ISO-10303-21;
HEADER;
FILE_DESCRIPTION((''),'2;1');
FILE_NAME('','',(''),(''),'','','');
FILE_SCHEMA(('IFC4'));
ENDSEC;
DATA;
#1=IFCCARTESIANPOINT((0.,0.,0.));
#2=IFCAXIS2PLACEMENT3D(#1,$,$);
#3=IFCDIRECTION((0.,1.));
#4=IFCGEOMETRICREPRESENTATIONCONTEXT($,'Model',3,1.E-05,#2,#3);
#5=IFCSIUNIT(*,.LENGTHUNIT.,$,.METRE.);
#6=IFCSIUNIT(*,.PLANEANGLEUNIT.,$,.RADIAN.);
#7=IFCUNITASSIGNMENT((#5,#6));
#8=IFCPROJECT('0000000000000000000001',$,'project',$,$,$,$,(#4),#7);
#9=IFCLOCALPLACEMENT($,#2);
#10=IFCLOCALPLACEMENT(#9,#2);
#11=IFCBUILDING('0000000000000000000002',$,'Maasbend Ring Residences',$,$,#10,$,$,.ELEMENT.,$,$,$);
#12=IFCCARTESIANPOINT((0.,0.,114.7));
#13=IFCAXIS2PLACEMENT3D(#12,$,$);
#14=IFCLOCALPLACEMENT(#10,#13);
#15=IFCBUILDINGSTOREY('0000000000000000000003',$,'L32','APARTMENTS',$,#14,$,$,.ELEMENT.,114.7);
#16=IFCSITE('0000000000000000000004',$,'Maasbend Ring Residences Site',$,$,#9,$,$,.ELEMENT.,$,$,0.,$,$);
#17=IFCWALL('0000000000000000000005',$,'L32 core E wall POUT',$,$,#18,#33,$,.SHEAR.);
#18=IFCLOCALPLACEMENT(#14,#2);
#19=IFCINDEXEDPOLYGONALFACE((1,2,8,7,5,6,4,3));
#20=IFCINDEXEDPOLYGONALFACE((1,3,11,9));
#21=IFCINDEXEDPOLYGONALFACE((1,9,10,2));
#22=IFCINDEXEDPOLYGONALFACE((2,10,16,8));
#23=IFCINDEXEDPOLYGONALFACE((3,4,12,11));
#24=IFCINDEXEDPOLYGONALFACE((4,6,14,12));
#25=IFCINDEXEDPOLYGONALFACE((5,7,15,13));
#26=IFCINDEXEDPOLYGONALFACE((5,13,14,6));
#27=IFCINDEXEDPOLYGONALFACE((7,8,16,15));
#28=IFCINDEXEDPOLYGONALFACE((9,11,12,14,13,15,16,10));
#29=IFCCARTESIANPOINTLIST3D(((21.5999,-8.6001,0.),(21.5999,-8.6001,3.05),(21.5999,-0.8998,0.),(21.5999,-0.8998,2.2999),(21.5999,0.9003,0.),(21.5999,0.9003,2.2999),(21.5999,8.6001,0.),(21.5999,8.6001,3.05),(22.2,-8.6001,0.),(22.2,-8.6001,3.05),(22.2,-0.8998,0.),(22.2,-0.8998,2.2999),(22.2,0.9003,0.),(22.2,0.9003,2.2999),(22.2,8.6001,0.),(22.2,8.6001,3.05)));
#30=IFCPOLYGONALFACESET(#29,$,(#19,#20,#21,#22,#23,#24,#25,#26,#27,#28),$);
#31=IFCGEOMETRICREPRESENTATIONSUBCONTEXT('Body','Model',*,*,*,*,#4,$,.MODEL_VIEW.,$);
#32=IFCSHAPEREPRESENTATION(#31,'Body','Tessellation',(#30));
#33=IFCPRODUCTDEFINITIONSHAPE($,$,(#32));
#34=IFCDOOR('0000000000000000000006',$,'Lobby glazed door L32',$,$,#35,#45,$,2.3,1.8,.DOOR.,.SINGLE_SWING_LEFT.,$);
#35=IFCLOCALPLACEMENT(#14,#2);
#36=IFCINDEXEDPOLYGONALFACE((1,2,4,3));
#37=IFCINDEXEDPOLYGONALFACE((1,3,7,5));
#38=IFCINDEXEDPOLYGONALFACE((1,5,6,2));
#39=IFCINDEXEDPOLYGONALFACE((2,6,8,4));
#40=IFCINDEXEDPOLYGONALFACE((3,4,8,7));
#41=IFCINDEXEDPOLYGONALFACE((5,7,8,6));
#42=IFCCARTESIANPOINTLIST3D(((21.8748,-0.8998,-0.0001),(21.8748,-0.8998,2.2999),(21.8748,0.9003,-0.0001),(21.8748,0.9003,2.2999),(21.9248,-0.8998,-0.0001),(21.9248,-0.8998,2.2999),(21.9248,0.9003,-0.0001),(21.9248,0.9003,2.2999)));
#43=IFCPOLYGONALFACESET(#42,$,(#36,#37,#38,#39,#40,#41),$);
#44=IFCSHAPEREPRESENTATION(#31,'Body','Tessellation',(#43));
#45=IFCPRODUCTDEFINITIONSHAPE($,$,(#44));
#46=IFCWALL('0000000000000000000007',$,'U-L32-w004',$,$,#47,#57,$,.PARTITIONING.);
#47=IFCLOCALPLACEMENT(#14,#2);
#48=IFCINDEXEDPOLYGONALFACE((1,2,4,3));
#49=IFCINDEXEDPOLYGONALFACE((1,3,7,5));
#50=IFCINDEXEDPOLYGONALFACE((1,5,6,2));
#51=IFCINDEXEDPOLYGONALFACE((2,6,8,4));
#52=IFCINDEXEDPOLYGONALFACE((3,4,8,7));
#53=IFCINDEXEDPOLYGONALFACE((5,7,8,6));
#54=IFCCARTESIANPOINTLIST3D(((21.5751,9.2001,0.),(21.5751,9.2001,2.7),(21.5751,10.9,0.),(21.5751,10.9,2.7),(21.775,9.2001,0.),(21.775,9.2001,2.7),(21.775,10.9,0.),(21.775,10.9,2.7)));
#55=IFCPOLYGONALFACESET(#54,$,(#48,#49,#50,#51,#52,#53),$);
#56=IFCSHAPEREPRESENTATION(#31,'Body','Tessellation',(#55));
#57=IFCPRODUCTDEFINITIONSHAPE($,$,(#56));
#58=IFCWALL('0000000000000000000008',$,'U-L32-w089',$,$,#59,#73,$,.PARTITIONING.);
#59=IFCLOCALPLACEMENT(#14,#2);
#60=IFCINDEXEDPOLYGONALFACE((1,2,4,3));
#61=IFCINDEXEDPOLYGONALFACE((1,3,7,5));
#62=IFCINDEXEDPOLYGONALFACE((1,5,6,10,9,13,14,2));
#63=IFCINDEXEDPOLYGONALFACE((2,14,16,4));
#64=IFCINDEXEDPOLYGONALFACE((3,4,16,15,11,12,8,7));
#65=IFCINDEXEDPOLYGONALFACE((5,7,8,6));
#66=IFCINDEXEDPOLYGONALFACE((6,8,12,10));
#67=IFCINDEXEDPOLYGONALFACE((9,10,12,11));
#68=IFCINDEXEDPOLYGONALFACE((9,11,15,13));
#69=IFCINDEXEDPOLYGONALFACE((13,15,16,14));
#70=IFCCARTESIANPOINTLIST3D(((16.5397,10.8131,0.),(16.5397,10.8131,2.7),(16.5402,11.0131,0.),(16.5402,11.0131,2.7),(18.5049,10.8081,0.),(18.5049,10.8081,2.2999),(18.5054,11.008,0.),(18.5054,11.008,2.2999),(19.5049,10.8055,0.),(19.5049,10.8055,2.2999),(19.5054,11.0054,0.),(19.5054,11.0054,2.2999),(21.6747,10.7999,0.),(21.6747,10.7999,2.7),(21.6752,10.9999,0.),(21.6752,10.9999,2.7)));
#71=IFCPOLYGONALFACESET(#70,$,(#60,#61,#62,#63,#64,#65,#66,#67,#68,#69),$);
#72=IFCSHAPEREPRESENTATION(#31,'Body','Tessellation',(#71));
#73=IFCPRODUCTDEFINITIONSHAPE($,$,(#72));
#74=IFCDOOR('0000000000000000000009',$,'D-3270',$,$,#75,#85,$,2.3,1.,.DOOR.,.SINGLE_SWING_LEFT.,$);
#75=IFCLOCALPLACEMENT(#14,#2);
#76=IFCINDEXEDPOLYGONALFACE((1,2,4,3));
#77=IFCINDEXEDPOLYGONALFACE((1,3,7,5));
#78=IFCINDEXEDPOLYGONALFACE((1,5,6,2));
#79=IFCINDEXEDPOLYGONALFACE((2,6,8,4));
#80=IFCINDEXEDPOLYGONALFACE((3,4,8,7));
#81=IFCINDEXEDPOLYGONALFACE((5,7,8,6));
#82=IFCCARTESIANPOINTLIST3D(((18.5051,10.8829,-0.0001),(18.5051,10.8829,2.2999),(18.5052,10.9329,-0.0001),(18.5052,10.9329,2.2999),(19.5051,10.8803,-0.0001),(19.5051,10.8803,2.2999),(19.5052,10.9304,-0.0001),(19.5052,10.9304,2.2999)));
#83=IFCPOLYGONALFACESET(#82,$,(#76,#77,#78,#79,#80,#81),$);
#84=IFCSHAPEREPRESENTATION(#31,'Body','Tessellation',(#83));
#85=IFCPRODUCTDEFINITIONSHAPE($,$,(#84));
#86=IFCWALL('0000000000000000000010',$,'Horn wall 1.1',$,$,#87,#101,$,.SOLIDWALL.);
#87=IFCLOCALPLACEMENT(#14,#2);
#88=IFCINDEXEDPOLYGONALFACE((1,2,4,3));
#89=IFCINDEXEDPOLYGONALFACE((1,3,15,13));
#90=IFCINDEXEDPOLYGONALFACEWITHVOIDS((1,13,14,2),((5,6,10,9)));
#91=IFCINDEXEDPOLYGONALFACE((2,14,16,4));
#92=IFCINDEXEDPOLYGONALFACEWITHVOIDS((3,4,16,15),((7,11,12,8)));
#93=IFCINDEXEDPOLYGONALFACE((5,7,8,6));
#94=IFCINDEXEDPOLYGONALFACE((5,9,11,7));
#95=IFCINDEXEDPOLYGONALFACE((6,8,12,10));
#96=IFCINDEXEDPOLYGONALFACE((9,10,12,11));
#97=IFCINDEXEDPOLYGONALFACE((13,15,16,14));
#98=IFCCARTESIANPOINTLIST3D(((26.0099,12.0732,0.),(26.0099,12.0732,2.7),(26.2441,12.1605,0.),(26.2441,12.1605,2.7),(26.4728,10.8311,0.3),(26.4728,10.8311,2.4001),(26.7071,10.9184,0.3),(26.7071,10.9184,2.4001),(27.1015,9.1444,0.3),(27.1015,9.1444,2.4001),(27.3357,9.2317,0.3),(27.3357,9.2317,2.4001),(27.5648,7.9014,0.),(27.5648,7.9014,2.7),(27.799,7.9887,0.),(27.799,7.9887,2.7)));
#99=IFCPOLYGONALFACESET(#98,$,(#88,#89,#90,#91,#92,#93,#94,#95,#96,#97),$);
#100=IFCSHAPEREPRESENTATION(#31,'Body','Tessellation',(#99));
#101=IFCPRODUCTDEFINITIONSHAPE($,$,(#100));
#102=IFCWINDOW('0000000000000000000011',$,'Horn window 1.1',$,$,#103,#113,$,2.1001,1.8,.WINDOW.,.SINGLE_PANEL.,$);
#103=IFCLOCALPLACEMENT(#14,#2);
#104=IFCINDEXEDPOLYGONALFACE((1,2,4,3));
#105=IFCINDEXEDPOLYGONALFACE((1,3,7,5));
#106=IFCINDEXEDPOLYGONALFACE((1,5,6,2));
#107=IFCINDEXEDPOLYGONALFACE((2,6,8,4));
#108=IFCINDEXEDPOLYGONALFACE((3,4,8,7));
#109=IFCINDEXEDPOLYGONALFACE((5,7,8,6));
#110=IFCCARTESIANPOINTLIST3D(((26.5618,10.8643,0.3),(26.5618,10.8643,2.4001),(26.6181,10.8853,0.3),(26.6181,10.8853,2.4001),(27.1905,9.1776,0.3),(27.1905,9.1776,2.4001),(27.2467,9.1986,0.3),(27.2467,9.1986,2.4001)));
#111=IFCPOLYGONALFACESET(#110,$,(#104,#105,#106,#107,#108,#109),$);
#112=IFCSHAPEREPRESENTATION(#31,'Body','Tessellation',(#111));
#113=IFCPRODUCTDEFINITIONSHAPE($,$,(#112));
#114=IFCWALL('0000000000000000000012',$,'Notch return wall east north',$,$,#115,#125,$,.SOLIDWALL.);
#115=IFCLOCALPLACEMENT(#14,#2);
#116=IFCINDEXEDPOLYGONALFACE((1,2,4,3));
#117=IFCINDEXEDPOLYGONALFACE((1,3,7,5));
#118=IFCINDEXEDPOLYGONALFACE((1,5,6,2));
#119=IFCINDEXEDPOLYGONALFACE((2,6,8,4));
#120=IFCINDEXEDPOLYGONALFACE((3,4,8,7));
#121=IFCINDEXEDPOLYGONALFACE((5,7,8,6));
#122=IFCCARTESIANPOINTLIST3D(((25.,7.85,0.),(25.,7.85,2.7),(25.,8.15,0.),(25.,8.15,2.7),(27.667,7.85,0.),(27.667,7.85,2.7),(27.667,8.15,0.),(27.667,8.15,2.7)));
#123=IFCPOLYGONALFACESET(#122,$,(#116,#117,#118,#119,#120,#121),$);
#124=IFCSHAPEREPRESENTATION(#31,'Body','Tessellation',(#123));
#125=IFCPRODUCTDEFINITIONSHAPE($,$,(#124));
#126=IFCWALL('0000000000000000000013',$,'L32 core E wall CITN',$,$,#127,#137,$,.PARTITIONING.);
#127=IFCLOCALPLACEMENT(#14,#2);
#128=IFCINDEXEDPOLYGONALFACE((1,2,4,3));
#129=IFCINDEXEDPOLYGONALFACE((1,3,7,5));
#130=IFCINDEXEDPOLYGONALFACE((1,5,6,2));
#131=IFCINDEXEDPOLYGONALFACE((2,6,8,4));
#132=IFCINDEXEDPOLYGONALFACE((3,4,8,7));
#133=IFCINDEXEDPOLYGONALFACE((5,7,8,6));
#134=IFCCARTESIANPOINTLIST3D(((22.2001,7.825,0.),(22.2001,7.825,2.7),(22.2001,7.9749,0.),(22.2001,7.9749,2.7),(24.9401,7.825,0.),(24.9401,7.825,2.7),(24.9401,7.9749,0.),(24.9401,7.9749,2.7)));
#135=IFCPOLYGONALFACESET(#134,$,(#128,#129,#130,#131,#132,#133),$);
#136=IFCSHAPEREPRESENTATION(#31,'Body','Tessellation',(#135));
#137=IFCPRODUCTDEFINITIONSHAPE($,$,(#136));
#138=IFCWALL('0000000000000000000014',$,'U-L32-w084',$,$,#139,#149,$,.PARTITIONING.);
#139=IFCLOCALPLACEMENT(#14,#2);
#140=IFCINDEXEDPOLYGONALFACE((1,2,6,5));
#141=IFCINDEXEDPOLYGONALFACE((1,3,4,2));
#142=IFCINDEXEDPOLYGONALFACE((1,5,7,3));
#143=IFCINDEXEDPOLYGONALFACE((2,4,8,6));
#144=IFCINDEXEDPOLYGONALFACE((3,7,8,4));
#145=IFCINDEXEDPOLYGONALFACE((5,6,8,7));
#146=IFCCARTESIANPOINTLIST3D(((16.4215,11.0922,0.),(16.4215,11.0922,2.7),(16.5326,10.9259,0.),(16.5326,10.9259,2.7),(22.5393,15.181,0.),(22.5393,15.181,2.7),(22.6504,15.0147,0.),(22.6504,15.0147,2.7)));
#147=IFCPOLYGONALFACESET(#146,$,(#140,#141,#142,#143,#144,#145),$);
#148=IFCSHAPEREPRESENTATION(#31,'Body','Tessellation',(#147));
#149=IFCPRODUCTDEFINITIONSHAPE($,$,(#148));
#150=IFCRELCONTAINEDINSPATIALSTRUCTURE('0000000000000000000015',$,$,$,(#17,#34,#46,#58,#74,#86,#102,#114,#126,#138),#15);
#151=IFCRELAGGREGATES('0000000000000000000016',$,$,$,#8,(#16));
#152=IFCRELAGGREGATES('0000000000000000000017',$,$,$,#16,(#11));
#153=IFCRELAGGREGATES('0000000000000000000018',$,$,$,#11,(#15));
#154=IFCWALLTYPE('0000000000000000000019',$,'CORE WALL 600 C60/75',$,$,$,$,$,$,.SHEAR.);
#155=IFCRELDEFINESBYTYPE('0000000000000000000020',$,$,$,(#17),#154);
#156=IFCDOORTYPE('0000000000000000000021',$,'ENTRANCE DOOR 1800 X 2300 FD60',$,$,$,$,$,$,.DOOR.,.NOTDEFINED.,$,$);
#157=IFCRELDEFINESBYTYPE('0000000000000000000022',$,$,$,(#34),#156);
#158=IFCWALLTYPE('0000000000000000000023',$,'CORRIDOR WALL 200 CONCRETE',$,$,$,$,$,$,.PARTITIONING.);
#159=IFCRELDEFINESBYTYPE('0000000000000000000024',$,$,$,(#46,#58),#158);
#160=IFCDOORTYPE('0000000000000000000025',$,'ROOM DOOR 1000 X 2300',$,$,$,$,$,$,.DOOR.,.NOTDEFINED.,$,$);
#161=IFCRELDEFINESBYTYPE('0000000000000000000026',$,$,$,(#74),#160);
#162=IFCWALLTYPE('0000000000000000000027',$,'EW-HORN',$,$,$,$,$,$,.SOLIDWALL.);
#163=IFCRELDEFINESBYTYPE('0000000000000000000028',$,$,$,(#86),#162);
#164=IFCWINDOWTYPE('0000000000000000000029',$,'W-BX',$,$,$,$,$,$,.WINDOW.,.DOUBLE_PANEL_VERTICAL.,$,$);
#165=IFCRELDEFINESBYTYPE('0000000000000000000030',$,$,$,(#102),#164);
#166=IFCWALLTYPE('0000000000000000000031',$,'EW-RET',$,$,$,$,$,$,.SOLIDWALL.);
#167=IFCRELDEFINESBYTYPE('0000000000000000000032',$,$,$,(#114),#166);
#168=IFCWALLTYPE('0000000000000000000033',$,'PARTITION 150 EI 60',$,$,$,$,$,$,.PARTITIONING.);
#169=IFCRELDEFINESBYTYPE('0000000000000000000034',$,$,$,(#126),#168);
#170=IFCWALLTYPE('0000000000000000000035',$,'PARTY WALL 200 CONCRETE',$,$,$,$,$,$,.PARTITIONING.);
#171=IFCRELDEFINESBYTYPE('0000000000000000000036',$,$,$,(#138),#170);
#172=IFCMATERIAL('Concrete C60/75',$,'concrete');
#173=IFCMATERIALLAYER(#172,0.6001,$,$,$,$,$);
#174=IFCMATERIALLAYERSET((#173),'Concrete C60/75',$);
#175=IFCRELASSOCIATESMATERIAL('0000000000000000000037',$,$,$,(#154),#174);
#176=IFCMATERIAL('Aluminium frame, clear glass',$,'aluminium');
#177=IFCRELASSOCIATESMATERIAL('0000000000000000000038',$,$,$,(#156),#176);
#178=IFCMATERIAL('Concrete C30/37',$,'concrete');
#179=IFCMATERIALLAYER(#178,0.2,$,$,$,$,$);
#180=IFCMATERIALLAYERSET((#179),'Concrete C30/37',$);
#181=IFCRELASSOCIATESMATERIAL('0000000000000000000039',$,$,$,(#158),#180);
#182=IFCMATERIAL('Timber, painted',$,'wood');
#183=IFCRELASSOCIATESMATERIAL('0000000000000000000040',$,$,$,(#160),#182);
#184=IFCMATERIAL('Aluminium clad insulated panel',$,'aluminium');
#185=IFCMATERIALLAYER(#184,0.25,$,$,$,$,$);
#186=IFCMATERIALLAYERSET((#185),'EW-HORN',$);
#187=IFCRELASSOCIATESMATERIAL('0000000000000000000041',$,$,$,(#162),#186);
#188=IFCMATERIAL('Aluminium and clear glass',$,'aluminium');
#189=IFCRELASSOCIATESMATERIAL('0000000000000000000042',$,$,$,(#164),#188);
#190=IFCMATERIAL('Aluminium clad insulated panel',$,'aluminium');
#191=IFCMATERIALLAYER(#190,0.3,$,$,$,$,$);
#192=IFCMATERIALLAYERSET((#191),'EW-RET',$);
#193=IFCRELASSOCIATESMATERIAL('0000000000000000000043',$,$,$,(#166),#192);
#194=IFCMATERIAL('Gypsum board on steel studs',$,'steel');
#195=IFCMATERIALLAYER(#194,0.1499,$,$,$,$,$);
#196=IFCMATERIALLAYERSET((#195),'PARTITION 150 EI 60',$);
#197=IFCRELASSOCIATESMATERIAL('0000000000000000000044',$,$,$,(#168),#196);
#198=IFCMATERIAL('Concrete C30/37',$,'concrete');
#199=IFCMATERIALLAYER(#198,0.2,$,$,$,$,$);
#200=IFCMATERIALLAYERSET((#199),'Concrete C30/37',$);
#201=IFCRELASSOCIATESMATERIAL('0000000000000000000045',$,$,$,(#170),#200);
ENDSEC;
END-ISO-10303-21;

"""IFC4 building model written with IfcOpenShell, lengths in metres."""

from ifc_helpers import new_model, si_unit, direction, frame, frame_2d, origin, place, context, subcontext, project, spatial, rectangle, extrude, material, layer, layer_set, type_object, element, fill, save


model = new_model("IFC4")

# Units and contexts
model_context = context("Model", 3, precision=1e-05, world=origin(), true_north=direction((0.0, 1.0)))
body_context = subcontext(model_context, "Body", "Model", "MODEL_VIEW")
ifc_project = project(units=[si_unit("LENGTHUNIT", "METRE"), si_unit("PLANEANGLEUNIT", "RADIAN")], contexts=[model_context])

# Site, building, storey
site_placement = place(None, origin())
site = spatial("IfcSite", under=ifc_project, at=site_placement, Name="Maasbend Ring Residences Site", CompositionType="ELEMENT", RefElevation=0.0)
building_placement = place(site_placement, origin())
building = spatial("IfcBuilding", under=site, at=building_placement, Name="Maasbend Ring Residences", CompositionType="ELEMENT")
storey_placement = place(building_placement, frame((0.0, 0.0, 114.7)))
storey = spatial("IfcBuildingStorey", under=building, at=storey_placement, Name="L32", Description="APARTMENTS", CompositionType="ELEMENT", Elevation=114.7)

# Wall, opening, door
ifc_material_1 = material(Name="Concrete C60/75", Category="concrete")
ifc_layer_1 = layer(ifc_material_1, 0.6001)
ifc_layer_set_1 = layer_set([ifc_layer_1], Name="Concrete C60/75")
wall_type_1 = type_object("IfcWallType", Name="CORE WALL 600 C60/75", PredefinedType="SHEAR", material=ifc_layer_set_1)
wall_1_placement = place(storey_placement, frame((21.8999, 8.6001, 0.0), z_axis=(0.0, 0.0, 1.0), x_axis=(0.0, -1.0, 0.0)))
wall_1 = element("IfcWall", 1, at=wall_1_placement, inside=storey, type_object=wall_type_1, Name="L32 core E wall POUT", PredefinedType="SHEAR", context=body_context, shape_type="SweptSolid", body=[
    extrude(rectangle(XDim=17.2002, YDim=0.6001, at=frame_2d((8.6001, 0.0))), origin(), (0.0, 0.0, 1.0), 3.05),
])
opening_1_placement = place(wall_1_placement, frame((7.7, 0.0, 0.0)))
opening_1 = element("IfcOpeningElement", 2, at=opening_1_placement, cuts=wall_1, PredefinedType="OPENING", context=body_context, shape_type="SweptSolid", body=[
    extrude(rectangle(XDim=1.8, YDim=2.3, at=frame_2d((0.8999, 1.1499))), frame((0.0, 0.3101, 0.0), z_axis=(0.0, -1.0, 0.0), x_axis=(1.0, 0.0, 0.0)), (0.0, 0.0, 1.0), 0.6201),
])
ifc_material_2 = material(Name="Aluminium frame, clear glass", Category="aluminium")
door_type_1 = type_object("IfcDoorType", Name="ENTRANCE DOOR 1800 X 2300 FD60", OperationType="NOTDEFINED", PredefinedType="DOOR", material=ifc_material_2)
door_1_placement = place(opening_1_placement, origin())
door_1 = element("IfcDoor", 3, at=door_1_placement, inside=storey, type_object=door_type_1, Name="Lobby glazed door L32", OperationType="SINGLE_SWING_LEFT", OverallHeight=2.3, OverallWidth=1.8, PredefinedType="DOOR", context=body_context, shape_type="SweptSolid", body=[
    extrude(rectangle(XDim=1.8, YDim=2.3, at=frame_2d((0.8999, 1.1499))), frame((0.0, 0.0249, 0.0), z_axis=(0.0, -1.0, 0.0), x_axis=(1.0, 0.0, 0.0)), (0.0, 0.0, 1.0), 0.05),
])
fill(opening_1, door_1)

# Wall
ifc_material_3 = material(Name="Concrete C30/37", Category="concrete")
ifc_layer_2 = layer(ifc_material_3, 0.2)
ifc_layer_set_2 = layer_set([ifc_layer_2], Name="Concrete C30/37")
wall_type_2 = type_object("IfcWallType", Name="CORRIDOR WALL 200 CONCRETE", PredefinedType="PARTITIONING", material=ifc_layer_set_2)
wall_2_placement = place(storey_placement, frame((21.675, 9.2, 0.0), z_axis=(0.0, 0.0, 1.0), x_axis=(0.0, 1.0, 0.0)))
element("IfcWall", 4, at=wall_2_placement, inside=storey, type_object=wall_type_2, Name="U-L32-w004", PredefinedType="PARTITIONING", context=body_context, shape_type="SweptSolid", body=[
    extrude(rectangle(XDim=1.7, YDim=0.2, at=frame_2d((0.8501, 0.0))), origin(), (0.0, 0.0, 1.0), 2.7),
])

# Wall, opening, door
wall_3_placement = place(storey_placement, frame((16.54, 10.9131, 0.0), z_axis=(0.0, 0.0, 1.0), x_axis=(0.999997, -0.002567, 0.0)))
wall_3 = element("IfcWall", 5, at=wall_3_placement, inside=storey, type_object=wall_type_2, Name="U-L32-w089", PredefinedType="PARTITIONING", context=body_context, shape_type="SweptSolid", body=[
    extrude(rectangle(XDim=5.135, YDim=0.2, at=frame_2d((2.5674, 0.0))), origin(), (0.0, 0.0, 1.0), 2.7),
])
opening_2_placement = place(wall_3_placement, frame((1.9651, 0.0, 0.0)))
opening_2 = element("IfcOpeningElement", 6, at=opening_2_placement, cuts=wall_3, PredefinedType="OPENING", context=body_context, shape_type="SweptSolid", body=[
    extrude(rectangle(XDim=1.0, YDim=2.3, at=frame_2d((0.5, 1.1499))), frame((0.0, 0.1099, 0.0), z_axis=(0.0, -1.0, 0.0), x_axis=(1.0, 0.0, 0.0)), (0.0, 0.0, 1.0), 0.22),
])
ifc_material_4 = material(Name="Timber, painted", Category="wood")
door_type_2 = type_object("IfcDoorType", Name="ROOM DOOR 1000 X 2300", OperationType="NOTDEFINED", PredefinedType="DOOR", material=ifc_material_4)
door_2_placement = place(opening_2_placement, origin())
door_2 = element("IfcDoor", 7, at=door_2_placement, inside=storey, type_object=door_type_2, Name="D-3270", OperationType="SINGLE_SWING_LEFT", OverallHeight=2.3, OverallWidth=1.0, PredefinedType="DOOR", context=body_context, shape_type="SweptSolid", body=[
    extrude(rectangle(XDim=1.0, YDim=2.3, at=frame_2d((0.5, 1.1499))), frame((0.0, 0.0249, 0.0), z_axis=(0.0, -1.0, 0.0), x_axis=(1.0, 0.0, 0.0)), (0.0, 0.0, 1.0), 0.05),
])
fill(opening_2, door_2)

# Wall, opening, window
ifc_material_5 = material(Name="Aluminium clad insulated panel", Category="aluminium")
ifc_layer_3 = layer(ifc_material_5, 0.25)
ifc_layer_set_3 = layer_set([ifc_layer_3], Name="EW-HORN")
wall_type_3 = type_object("IfcWallType", Name="EW-HORN", PredefinedType="SOLIDWALL", material=ifc_layer_set_3)
wall_4_placement = place(storey_placement, frame((27.6819, 7.9451, 0.0), z_axis=(0.0, 0.0, 1.0), x_axis=(-0.349248, 0.93703, 0.0)))
wall_4 = element("IfcWall", 8, at=wall_4_placement, inside=storey, type_object=wall_type_3, Name="Horn wall 1.1", PredefinedType="SOLIDWALL", context=body_context, shape_type="SweptSolid", body=[
    extrude(rectangle(XDim=4.4521, YDim=0.25, at=frame_2d((2.2261, 0.0))), origin(), (0.0, 0.0, 1.0), 2.7),
])
opening_3_placement = place(wall_4_placement, frame((1.3267, 0.0, 0.3)))
opening_3 = element("IfcOpeningElement", 9, at=opening_3_placement, cuts=wall_4, PredefinedType="OPENING", context=body_context, shape_type="SweptSolid", body=[
    extrude(rectangle(XDim=1.8, YDim=2.1001, at=frame_2d((0.8999, 1.05))), frame((0.0, 0.135, 0.0), z_axis=(0.0, -1.0, 0.0), x_axis=(1.0, 0.0, 0.0)), (0.0, 0.0, 1.0), 0.27),
])
ifc_material_6 = material(Name="Aluminium and clear glass", Category="aluminium")
window_type = type_object("IfcWindowType", Name="W-BX", PartitioningType="DOUBLE_PANEL_VERTICAL", PredefinedType="WINDOW", material=ifc_material_6)
window_placement = place(opening_3_placement, origin())
window = element("IfcWindow", 10, at=window_placement, inside=storey, type_object=window_type, Name="Horn window 1.1", OverallHeight=2.1001, OverallWidth=1.8, PartitioningType="SINGLE_PANEL", PredefinedType="WINDOW", context=body_context, shape_type="SweptSolid", body=[
    extrude(rectangle(XDim=1.8, YDim=2.1001, at=frame_2d((0.8999, 1.05))), frame((0.0, 0.03, 0.0), z_axis=(0.0, -1.0, 0.0), x_axis=(1.0, 0.0, 0.0)), (0.0, 0.0, 1.0), 0.0601),
])
fill(opening_3, window)

# Walls
ifc_material_7 = material(Name="Aluminium clad insulated panel", Category="aluminium")
ifc_layer_4 = layer(ifc_material_7, 0.3)
ifc_layer_set_4 = layer_set([ifc_layer_4], Name="EW-RET")
wall_type_4 = type_object("IfcWallType", Name="EW-RET", PredefinedType="SOLIDWALL", material=ifc_layer_set_4)
wall_5_placement = place(storey_placement, frame((25.0, 8.0, 0.0), z_axis=(0.0, 0.0, 1.0), x_axis=(1.0, 0.0, 0.0)))
element("IfcWall", 11, at=wall_5_placement, inside=storey, type_object=wall_type_4, Name="Notch return wall east north", PredefinedType="SOLIDWALL", context=body_context, shape_type="SweptSolid", body=[
    extrude(rectangle(XDim=2.667, YDim=0.3, at=frame_2d((1.3335, 0.0))), origin(), (0.0, 0.0, 1.0), 2.7),
])
ifc_material_8 = material(Name="Gypsum board on steel studs", Category="steel")
ifc_layer_5 = layer(ifc_material_8, 0.1499)
ifc_layer_set_5 = layer_set([ifc_layer_5], Name="PARTITION 150 EI 60")
wall_type_5 = type_object("IfcWallType", Name="PARTITION 150 EI 60", PredefinedType="PARTITIONING", material=ifc_layer_set_5)
wall_6_placement = place(storey_placement, frame((22.2, 7.8999, 0.0), z_axis=(0.0, 0.0, 1.0), x_axis=(1.0, 0.0, 0.0)))
element("IfcWall", 12, at=wall_6_placement, inside=storey, type_object=wall_type_5, Name="L32 core E wall CITN", PredefinedType="PARTITIONING", context=body_context, shape_type="SweptSolid", body=[
    extrude(rectangle(XDim=2.74, YDim=0.1499, at=frame_2d((1.3701, 0.0))), origin(), (0.0, 0.0, 1.0), 2.7),
])
ifc_material_9 = material(Name="Concrete C30/37", Category="concrete")
ifc_layer_6 = layer(ifc_material_9, 0.2)
ifc_layer_set_6 = layer_set([ifc_layer_6], Name="Concrete C30/37")
wall_type_6 = type_object("IfcWallType", Name="PARTY WALL 200 CONCRETE", PredefinedType="PARTITIONING", material=ifc_layer_set_6)
wall_7_placement = place(storey_placement, frame((16.4771, 11.009, 0.0), z_axis=(0.0, 0.0, 1.0), x_axis=(0.831407, 0.555665, 0.0)))
element("IfcWall", 13, at=wall_7_placement, inside=storey, type_object=wall_type_6, Name="U-L32-w084", PredefinedType="PARTITIONING", context=body_context, shape_type="SweptSolid", body=[
    extrude(rectangle(XDim=7.3584, YDim=0.2, at=frame_2d((3.6792, 0.0))), origin(), (0.0, 0.0, 1.0), 2.7),
])

save(model, "model.ifc")
